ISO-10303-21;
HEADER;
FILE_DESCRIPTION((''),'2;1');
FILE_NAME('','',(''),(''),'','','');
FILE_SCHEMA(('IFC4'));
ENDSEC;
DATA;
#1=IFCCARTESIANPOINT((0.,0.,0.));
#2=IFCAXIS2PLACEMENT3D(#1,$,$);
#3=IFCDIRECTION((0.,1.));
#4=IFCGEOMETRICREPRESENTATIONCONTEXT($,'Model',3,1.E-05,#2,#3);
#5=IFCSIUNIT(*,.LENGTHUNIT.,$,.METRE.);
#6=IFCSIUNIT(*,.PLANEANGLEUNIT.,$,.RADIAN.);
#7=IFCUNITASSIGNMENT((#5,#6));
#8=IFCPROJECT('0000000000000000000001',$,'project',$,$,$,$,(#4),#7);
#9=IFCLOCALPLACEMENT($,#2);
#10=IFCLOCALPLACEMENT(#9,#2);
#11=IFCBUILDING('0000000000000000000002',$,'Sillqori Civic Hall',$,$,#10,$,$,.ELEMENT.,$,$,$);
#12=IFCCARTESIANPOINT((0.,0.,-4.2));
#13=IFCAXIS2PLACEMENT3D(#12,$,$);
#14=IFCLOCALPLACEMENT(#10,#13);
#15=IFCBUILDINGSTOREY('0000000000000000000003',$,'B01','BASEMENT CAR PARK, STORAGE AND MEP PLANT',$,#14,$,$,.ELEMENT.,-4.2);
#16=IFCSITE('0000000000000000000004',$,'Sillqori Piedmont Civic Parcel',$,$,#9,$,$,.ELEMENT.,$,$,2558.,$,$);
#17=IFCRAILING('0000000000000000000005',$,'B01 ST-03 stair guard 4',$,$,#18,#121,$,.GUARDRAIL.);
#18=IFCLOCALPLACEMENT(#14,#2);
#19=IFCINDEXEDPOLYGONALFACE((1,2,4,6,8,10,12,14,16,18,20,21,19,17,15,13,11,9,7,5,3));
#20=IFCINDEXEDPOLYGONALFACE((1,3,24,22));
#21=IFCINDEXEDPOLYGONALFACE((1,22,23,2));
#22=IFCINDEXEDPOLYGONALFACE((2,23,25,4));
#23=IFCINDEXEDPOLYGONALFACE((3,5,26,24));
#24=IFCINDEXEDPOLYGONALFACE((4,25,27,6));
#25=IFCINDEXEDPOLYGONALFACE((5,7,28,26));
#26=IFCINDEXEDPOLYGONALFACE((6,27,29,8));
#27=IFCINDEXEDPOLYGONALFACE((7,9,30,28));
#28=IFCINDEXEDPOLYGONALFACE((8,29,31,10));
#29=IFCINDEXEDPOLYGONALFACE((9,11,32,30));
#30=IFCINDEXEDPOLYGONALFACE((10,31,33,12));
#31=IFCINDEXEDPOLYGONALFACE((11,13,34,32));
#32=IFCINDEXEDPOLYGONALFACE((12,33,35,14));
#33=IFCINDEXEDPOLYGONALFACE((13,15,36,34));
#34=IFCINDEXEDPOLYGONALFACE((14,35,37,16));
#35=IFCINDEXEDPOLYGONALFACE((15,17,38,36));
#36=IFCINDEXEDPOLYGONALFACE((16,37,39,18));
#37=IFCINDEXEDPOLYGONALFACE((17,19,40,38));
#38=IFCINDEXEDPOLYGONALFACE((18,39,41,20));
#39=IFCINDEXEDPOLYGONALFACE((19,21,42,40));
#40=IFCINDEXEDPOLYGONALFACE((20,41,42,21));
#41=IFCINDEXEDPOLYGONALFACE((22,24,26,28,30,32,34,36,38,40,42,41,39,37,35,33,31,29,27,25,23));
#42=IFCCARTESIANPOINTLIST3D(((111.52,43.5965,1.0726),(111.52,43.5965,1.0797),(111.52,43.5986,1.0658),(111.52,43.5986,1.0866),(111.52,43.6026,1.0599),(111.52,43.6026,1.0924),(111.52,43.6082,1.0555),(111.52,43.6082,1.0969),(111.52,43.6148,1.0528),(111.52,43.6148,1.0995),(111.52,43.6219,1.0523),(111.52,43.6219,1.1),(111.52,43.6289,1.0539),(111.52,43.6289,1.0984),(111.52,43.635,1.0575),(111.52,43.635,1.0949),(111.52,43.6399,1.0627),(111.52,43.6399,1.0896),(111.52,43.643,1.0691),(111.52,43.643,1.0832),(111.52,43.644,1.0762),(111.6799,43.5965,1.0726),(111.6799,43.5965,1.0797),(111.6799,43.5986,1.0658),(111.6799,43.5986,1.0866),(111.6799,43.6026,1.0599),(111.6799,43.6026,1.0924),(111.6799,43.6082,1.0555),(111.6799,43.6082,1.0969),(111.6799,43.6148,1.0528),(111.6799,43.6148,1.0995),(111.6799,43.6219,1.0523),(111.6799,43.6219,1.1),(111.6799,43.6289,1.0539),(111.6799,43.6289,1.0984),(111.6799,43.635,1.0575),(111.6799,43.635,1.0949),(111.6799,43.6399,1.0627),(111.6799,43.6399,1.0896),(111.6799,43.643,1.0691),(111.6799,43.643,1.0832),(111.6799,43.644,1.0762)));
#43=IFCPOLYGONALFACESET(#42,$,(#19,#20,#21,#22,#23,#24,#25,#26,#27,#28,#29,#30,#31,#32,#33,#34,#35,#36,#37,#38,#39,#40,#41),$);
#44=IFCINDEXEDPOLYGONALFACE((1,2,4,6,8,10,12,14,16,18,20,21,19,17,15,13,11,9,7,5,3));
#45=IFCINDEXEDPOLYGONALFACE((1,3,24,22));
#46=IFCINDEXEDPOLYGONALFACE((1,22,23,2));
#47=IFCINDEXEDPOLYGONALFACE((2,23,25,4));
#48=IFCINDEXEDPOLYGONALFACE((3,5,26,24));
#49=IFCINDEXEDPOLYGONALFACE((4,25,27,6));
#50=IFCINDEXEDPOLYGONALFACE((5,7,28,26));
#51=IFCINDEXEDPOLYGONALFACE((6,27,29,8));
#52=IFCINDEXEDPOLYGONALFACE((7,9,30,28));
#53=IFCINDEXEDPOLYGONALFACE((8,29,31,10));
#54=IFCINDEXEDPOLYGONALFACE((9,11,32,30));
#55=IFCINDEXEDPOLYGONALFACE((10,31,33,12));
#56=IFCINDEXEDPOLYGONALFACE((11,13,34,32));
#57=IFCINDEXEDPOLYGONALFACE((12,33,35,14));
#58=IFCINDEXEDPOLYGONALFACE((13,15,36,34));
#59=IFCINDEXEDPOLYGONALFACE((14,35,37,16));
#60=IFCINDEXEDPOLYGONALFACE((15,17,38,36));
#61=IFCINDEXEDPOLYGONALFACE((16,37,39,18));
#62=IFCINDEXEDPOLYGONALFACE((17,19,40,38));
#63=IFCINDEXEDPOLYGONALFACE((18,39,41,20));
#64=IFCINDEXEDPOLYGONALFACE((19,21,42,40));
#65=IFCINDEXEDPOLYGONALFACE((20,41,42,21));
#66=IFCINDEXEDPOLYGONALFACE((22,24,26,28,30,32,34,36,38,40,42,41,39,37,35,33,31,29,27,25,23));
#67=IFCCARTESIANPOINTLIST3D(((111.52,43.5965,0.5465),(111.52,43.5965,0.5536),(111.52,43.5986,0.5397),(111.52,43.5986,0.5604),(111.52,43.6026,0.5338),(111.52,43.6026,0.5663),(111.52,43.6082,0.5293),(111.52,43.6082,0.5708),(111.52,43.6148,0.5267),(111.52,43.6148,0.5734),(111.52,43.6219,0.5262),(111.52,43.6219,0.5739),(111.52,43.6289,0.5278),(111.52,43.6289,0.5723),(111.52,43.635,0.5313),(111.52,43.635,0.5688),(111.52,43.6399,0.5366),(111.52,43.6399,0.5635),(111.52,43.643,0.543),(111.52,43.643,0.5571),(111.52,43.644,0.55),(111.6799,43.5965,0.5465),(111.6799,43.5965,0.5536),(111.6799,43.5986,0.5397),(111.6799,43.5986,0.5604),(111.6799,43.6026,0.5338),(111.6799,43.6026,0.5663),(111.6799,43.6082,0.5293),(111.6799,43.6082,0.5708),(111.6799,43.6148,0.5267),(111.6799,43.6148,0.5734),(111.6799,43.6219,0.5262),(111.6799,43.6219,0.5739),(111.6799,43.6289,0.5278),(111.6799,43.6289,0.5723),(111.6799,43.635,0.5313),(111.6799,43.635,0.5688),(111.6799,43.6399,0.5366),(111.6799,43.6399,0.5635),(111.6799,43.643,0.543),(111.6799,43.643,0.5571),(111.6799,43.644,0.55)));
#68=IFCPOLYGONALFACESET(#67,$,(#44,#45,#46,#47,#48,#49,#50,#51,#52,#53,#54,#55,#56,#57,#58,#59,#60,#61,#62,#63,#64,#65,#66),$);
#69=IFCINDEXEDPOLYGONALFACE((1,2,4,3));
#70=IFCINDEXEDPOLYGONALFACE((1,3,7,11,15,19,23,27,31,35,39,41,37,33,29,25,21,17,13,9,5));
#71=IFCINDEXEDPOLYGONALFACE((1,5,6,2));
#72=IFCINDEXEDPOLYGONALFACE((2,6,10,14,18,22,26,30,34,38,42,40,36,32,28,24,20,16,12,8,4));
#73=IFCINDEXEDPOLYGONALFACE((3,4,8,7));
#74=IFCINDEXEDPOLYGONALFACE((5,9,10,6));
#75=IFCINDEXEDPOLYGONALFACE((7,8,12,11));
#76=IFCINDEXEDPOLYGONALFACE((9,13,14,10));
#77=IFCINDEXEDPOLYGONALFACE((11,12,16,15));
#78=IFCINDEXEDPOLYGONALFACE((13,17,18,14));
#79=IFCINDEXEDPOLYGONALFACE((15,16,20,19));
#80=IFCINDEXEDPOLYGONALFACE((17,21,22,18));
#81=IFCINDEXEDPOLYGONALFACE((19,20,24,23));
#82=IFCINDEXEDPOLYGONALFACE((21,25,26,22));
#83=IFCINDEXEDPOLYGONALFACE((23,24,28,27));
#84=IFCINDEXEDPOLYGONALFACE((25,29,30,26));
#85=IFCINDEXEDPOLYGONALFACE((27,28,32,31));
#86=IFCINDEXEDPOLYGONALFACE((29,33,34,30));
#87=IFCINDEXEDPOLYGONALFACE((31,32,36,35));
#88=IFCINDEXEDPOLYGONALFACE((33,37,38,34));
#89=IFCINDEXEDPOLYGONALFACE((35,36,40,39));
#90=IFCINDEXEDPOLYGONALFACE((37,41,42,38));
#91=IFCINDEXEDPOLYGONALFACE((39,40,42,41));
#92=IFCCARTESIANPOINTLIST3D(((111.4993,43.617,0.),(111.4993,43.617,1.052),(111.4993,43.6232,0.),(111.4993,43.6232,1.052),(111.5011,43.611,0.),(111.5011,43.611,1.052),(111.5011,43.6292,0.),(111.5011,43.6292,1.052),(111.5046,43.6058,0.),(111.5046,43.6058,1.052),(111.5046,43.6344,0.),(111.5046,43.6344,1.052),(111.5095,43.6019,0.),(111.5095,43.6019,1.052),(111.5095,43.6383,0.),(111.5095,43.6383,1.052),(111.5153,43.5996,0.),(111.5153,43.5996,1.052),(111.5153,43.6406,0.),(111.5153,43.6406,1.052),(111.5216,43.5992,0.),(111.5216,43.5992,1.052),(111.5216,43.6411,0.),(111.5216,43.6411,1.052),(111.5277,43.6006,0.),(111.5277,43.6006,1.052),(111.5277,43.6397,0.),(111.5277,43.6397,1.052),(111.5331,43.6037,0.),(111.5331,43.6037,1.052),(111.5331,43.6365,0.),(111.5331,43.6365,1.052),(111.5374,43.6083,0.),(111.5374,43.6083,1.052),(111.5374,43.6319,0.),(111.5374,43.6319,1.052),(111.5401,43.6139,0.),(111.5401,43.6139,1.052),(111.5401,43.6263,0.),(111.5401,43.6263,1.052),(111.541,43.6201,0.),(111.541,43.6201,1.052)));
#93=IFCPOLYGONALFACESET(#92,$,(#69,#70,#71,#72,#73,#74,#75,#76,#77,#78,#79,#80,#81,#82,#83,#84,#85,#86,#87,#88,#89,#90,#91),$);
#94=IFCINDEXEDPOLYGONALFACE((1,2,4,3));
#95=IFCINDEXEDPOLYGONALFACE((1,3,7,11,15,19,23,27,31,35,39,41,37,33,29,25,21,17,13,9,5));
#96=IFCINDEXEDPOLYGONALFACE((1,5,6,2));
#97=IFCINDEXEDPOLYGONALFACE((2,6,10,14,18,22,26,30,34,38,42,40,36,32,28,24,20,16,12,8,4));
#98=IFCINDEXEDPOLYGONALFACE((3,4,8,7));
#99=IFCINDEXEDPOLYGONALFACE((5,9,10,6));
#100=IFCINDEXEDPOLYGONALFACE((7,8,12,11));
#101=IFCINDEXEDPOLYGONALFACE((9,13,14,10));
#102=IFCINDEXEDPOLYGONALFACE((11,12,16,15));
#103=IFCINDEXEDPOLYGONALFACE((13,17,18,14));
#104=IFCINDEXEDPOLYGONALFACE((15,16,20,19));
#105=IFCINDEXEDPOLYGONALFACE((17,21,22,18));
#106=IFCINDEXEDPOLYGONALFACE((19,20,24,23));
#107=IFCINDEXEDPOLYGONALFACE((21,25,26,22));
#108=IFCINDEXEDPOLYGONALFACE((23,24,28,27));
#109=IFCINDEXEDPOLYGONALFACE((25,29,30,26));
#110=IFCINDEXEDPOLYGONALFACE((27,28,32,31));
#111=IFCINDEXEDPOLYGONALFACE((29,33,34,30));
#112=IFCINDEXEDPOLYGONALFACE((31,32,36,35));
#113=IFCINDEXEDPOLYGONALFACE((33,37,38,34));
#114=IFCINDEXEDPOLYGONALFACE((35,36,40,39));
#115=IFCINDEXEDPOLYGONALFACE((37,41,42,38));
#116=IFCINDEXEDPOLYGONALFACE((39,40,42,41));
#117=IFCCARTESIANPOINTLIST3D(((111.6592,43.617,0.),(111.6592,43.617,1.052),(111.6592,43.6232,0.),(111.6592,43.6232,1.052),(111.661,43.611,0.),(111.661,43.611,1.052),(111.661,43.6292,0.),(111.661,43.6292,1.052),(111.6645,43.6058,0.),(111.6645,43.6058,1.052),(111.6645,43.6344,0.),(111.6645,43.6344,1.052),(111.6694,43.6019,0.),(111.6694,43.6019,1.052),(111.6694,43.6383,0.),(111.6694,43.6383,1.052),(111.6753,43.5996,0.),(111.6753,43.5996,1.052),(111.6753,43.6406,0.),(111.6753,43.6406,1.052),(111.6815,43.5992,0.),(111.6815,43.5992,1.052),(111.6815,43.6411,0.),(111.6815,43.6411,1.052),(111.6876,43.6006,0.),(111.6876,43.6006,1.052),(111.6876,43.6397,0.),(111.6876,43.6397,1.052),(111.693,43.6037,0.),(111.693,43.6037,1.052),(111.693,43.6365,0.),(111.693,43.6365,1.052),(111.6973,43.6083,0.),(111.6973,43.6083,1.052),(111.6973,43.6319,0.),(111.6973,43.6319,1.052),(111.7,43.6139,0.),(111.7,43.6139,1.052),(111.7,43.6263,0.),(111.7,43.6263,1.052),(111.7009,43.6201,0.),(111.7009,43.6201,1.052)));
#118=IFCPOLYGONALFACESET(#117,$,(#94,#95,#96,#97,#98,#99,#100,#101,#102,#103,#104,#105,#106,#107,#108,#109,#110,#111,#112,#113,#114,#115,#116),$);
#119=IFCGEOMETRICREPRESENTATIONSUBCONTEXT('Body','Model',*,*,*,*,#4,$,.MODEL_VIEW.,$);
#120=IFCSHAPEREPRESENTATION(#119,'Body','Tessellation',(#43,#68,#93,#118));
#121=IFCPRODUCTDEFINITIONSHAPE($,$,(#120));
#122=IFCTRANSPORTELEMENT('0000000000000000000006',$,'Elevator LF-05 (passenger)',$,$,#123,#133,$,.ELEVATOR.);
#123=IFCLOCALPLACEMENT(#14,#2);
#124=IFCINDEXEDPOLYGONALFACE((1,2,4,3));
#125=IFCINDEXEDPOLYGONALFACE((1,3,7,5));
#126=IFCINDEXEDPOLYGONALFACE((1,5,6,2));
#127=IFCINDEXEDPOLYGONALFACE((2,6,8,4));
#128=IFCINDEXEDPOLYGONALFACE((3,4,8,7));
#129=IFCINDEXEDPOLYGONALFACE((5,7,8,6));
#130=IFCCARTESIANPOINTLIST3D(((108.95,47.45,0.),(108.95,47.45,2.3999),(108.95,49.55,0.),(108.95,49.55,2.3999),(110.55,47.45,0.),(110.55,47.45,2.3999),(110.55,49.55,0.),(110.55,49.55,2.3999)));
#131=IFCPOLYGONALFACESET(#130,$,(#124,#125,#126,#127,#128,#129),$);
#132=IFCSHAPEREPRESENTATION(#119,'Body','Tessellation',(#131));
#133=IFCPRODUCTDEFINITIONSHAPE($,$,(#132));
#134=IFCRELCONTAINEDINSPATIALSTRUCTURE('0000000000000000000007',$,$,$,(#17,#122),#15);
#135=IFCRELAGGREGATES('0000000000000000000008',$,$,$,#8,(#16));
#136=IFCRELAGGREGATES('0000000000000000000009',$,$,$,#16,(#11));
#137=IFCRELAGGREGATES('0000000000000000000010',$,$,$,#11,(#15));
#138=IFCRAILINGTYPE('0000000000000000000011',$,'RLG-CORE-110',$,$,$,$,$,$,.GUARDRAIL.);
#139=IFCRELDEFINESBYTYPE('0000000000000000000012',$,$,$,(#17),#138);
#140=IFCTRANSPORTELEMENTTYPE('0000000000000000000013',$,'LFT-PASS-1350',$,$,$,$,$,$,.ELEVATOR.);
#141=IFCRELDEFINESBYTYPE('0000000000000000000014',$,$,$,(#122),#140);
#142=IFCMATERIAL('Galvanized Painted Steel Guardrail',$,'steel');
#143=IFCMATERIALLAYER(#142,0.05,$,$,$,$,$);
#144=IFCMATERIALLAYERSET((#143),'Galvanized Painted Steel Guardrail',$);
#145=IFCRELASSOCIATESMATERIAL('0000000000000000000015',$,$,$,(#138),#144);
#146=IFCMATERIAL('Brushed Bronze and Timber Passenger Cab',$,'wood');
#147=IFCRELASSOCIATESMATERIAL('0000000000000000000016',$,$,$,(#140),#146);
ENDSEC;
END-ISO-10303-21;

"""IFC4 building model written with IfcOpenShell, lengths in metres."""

from ifc_helpers import new_model, si_unit, direction, frame, origin, origin_2d, place, context, subcontext, project, spatial, rectangle, circle, extrude, material, layer, layer_set, type_object, element, save


model = new_model("IFC4")

# Units and contexts
model_context = context("Model", 3, precision=1e-05, world=origin(), true_north=direction((0.0, 1.0)))
body_context = subcontext(model_context, "Body", "Model", "MODEL_VIEW")
ifc_project = project(units=[si_unit("LENGTHUNIT", "METRE"), si_unit("PLANEANGLEUNIT", "RADIAN")], contexts=[model_context])

# Site, building, storey
site_placement = place(None, origin())
site = spatial("IfcSite", under=ifc_project, at=site_placement, Name="Sillqori Piedmont Civic Parcel", CompositionType="ELEMENT", RefElevation=2558.0)
building_placement = place(site_placement, origin())
building = spatial("IfcBuilding", under=site, at=building_placement, Name="Sillqori Civic Hall", CompositionType="ELEMENT")
storey_placement = place(building_placement, frame((0.0, 0.0, -4.2)))
storey = spatial("IfcBuildingStorey", under=building, at=storey_placement, Name="B01", Description="BASEMENT CAR PARK, STORAGE AND MEP PLANT", CompositionType="ELEMENT", Elevation=-4.2)

# Railing
ifc_material_1 = material(Name="Galvanized Painted Steel Guardrail", Category="steel")
ifc_layer_1 = layer(ifc_material_1, 0.05)
ifc_layer_set_1 = layer_set([ifc_layer_1], Name="Galvanized Painted Steel Guardrail")
railing_type_1 = type_object("IfcRailingType", Name="RLG-CORE-110", PredefinedType="GUARDRAIL", material=ifc_layer_set_1)
railing_1_placement = place(storey_placement, frame((111.52, 43.6201, 0.0)))
element("IfcRailing", 1, at=railing_1_placement, inside=storey, type_object=railing_type_1, Name="B01 ST-03 stair guard 4", PredefinedType="GUARDRAIL", context=body_context, shape_type="SweptSolid", body=[
    extrude(circle(Radius=0.0239, at=origin_2d()), frame((0.0, 0.0, 1.0762), z_axis=(1.0, 0.0, 0.0), x_axis=(0.0, 1.0, 0.0)), (0.0, 0.0, 1.0), 0.1599),
    extrude(circle(Radius=0.0239, at=origin_2d()), frame((0.0, 0.0, 0.55), z_axis=(1.0, 0.0, 0.0), x_axis=(0.0, 1.0, 0.0)), (0.0, 0.0, 1.0), 0.1599),
    extrude(circle(Radius=0.021, at=origin_2d()), origin(), (0.0, 0.0, 1.0), 1.052),
    extrude(circle(Radius=0.021, at=origin_2d()), frame((0.1599, 0.0, 0.0)), (0.0, 0.0, 1.0), 1.052),
])

# Transport element
ifc_material_2 = material(Name="Brushed Bronze and Timber Passenger Cab", Category="wood")
transport_element_type = type_object("IfcTransportElementType", Name="LFT-PASS-1350", PredefinedType="ELEVATOR", material=ifc_material_2)
transport_element_placement = place(storey_placement, frame((109.75, 48.5, 0.0), z_axis=(0.0, 0.0, 1.0), x_axis=(1.0, 0.0, 0.0)))
element("IfcTransportElement", 2, at=transport_element_placement, inside=storey, type_object=transport_element_type, Name="Elevator LF-05 (passenger)", PredefinedType="ELEVATOR", context=body_context, shape_type="SweptSolid", body=[
    extrude(rectangle(XDim=1.6001, YDim=2.1001, at=origin_2d()), origin(), (0.0, 0.0, 1.0), 2.3999),
])

save(model, "model.ifc")
